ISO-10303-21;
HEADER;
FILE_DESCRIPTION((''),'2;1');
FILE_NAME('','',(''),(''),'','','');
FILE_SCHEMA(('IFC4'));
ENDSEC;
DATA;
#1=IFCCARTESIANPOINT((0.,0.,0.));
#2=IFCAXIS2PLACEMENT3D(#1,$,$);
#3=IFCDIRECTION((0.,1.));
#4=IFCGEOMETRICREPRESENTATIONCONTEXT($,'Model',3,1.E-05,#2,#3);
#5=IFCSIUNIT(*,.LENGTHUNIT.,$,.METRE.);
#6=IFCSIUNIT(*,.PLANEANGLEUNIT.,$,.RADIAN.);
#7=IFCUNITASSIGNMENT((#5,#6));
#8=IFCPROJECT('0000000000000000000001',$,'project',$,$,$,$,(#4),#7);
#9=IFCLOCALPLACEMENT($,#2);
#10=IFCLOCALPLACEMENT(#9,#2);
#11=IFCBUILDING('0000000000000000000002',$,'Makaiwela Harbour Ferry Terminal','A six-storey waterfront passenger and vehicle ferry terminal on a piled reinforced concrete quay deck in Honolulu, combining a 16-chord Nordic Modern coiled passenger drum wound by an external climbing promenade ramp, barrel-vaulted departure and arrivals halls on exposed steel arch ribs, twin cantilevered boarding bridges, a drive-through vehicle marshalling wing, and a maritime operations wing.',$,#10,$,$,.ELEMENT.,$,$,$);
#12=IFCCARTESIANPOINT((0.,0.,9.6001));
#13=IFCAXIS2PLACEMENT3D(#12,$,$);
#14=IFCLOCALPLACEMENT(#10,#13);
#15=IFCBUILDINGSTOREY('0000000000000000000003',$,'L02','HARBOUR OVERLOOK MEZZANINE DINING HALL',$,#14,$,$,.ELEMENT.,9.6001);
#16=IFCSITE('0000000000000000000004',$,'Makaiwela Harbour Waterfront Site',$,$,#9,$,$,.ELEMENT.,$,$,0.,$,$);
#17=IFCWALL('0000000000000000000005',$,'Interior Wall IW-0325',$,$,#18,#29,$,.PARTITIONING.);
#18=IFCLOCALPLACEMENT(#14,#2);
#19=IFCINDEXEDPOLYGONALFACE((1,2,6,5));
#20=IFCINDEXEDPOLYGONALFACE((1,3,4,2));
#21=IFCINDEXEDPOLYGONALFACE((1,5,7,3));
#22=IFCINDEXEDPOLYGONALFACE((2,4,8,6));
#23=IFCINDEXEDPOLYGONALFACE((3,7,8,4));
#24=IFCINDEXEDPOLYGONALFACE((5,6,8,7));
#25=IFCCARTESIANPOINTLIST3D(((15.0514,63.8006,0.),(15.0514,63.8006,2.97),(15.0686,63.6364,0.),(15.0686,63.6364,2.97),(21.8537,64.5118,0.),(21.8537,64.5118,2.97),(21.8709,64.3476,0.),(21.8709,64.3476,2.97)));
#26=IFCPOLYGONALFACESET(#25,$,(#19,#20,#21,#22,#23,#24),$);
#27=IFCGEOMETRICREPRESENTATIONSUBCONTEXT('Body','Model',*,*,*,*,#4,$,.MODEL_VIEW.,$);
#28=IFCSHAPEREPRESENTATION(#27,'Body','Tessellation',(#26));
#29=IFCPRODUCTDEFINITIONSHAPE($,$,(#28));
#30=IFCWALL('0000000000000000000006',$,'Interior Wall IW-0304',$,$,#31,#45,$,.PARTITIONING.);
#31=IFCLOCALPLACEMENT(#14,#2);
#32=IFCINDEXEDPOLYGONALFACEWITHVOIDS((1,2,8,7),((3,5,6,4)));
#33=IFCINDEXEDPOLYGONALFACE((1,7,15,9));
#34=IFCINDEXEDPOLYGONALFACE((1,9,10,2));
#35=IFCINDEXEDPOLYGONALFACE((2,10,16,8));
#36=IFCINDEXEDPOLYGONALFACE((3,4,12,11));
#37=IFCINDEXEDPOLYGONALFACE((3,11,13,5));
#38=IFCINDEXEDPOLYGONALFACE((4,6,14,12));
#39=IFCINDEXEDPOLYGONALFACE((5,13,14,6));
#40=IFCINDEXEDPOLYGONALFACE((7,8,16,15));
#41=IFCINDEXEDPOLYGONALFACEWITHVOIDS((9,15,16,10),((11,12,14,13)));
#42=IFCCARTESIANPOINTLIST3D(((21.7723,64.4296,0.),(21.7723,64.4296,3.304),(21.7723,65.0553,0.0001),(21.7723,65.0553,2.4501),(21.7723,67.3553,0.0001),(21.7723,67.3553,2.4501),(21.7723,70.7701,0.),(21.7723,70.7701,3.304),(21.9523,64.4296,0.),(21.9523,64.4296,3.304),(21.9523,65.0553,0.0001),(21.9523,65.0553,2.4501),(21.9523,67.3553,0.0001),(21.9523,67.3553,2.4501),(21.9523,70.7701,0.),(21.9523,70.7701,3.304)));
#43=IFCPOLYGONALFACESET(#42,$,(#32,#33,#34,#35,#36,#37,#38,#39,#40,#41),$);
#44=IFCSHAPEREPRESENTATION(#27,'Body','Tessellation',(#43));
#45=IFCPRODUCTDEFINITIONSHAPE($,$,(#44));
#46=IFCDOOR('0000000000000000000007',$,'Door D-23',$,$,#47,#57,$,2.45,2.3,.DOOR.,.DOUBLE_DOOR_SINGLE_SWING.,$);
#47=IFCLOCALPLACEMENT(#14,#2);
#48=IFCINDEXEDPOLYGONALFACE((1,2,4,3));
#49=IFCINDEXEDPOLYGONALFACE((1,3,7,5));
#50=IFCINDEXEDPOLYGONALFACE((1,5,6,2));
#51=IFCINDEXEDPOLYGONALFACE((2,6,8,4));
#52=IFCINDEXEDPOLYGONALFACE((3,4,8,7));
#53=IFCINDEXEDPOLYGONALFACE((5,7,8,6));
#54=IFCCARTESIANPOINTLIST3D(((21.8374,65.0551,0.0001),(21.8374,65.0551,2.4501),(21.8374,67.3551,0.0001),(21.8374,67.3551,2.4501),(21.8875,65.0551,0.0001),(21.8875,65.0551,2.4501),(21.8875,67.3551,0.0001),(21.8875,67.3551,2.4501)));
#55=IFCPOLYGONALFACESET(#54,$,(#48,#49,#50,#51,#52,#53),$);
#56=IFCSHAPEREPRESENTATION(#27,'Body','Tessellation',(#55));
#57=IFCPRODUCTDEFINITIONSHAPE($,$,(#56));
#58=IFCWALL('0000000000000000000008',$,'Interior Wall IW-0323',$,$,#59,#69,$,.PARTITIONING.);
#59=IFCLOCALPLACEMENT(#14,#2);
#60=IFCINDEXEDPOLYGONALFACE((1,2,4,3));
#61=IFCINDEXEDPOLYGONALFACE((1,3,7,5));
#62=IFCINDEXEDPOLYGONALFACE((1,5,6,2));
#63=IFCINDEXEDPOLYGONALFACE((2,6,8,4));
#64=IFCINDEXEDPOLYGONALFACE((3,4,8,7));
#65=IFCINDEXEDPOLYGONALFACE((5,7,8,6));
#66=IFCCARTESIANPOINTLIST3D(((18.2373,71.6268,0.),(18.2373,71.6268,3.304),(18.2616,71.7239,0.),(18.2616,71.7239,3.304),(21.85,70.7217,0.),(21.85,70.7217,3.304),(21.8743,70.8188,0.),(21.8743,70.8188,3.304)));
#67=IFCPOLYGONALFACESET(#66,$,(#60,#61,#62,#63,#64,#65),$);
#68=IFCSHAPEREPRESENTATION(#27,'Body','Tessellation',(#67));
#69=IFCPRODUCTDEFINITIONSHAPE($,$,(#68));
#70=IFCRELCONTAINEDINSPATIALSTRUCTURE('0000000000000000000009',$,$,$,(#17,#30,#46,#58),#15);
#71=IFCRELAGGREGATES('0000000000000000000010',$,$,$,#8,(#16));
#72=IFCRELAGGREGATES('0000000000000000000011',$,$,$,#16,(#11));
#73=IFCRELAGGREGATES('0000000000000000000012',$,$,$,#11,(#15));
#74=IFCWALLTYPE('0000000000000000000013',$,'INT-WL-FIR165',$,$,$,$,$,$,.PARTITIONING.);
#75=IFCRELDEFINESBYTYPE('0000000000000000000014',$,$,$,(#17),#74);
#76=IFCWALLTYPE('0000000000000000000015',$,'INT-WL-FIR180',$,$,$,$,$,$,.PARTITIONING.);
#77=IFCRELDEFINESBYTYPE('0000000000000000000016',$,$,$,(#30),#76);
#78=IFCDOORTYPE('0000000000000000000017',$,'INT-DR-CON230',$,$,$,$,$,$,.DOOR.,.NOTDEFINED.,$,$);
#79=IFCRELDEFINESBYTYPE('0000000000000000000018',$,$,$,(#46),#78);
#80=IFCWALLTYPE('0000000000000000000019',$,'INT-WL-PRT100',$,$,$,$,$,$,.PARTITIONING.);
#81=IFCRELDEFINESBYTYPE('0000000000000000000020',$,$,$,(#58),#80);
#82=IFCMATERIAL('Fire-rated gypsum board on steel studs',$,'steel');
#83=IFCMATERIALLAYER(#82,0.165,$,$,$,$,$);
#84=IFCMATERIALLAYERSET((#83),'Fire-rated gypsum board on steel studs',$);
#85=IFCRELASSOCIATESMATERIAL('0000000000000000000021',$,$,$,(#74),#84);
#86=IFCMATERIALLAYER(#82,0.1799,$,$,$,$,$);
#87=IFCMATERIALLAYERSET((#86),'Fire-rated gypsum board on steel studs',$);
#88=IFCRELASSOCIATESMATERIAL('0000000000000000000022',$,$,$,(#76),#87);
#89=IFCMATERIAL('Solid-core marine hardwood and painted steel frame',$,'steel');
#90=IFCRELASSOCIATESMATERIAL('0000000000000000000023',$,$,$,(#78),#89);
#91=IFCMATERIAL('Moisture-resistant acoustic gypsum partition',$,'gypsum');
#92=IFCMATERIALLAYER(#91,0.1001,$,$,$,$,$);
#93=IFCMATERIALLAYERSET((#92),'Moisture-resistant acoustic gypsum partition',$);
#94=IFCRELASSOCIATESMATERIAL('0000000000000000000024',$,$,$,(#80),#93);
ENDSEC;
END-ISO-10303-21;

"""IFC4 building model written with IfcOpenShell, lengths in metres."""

from ifc_helpers import new_model, si_unit, direction, frame, frame_2d, origin, place, context, subcontext, project, spatial, rectangle, extrude, material, layer, layer_set, type_object, element, fill, save


model = new_model("IFC4")

# Units and contexts
model_context = context("Model", 3, precision=1e-05, world=origin(), true_north=direction((0.0, 1.0)))
body_context = subcontext(model_context, "Body", "Model", "MODEL_VIEW")
ifc_project = project(units=[si_unit("LENGTHUNIT", "METRE"), si_unit("PLANEANGLEUNIT", "RADIAN")], contexts=[model_context])

# Site, building, storey
site_placement = place(None, origin())
site = spatial("IfcSite", under=ifc_project, at=site_placement, Name="Makaiwela Harbour Waterfront Site", CompositionType="ELEMENT", RefElevation=0.0)
building_placement = place(site_placement, origin())
building = spatial("IfcBuilding", under=site, at=building_placement, Name="Makaiwela Harbour Ferry Terminal", Description="A six-storey waterfront passenger and vehicle ferry terminal on a piled reinforced concrete quay deck in Honolulu, combining a 16-chord Nordic Modern coiled passenger drum wound by an external climbing promenade ramp, barrel-vaulted departure and arrivals halls on exposed steel arch ribs, twin cantilevered boarding bridges, a drive-through vehicle marshalling wing, and a maritime operations wing.", CompositionType="ELEMENT")
storey_placement = place(building_placement, frame((0.0, 0.0, 9.6001)))
storey = spatial("IfcBuildingStorey", under=building, at=storey_placement, Name="L02", Description="HARBOUR OVERLOOK MEZZANINE DINING HALL", CompositionType="ELEMENT", Elevation=9.6001)

# Wall
ifc_material_1 = material(Name="Fire-rated gypsum board on steel studs", Category="steel")
ifc_layer_1 = layer(ifc_material_1, 0.165)
ifc_layer_set_1 = layer_set([ifc_layer_1], Name="Fire-rated gypsum board on steel studs")
wall_type_1 = type_object("IfcWallType", Name="INT-WL-FIR165", PredefinedType="PARTITIONING", material=ifc_layer_set_1)
wall_1_placement = place(storey_placement, frame((21.8623, 64.4297, 0.0), z_axis=(0.0, 0.0, 1.0), x_axis=(-0.994579, -0.103984, 0.0)))
element("IfcWall", 1, at=wall_1_placement, inside=storey, type_object=wall_type_1, Name="Interior Wall IW-0325", PredefinedType="PARTITIONING", context=body_context, shape_type="SweptSolid", body=[
    extrude(rectangle(XDim=6.8394, YDim=0.165, at=frame_2d((3.4197, 0.0))), origin(), (0.0, 0.0, 1.0), 2.97),
])

# Wall, opening, door
ifc_layer_2 = layer(ifc_material_1, 0.1799)
ifc_layer_set_2 = layer_set([ifc_layer_2], Name="Fire-rated gypsum board on steel studs")
wall_type_2 = type_object("IfcWallType", Name="INT-WL-FIR180", PredefinedType="PARTITIONING", material=ifc_layer_set_2)
wall_2_placement = place(storey_placement, frame((21.8623, 70.7703, 0.0), z_axis=(0.0, 0.0, 1.0), x_axis=(0.0, -1.0, 0.0)))
wall_2 = element("IfcWall", 2, at=wall_2_placement, inside=storey, type_object=wall_type_2, Name="Interior Wall IW-0304", PredefinedType="PARTITIONING", context=body_context, shape_type="SweptSolid", body=[
    extrude(rectangle(XDim=6.3406, YDim=0.1799, at=frame_2d((3.1704, 0.0))), origin(), (0.0, 0.0, 1.0), 3.304),
])
opening_1_placement = place(wall_2_placement, frame((3.415, 0.0, 0.0)))
opening_1 = element("IfcOpeningElement", 3, at=opening_1_placement, cuts=wall_2, PredefinedType="OPENING", context=body_context, shape_type="SweptSolid", body=[
    extrude(rectangle(XDim=2.3, YDim=2.45, at=frame_2d((1.1499, 1.2251))), frame((0.0, 0.0999, 0.0), z_axis=(0.0, -1.0, 0.0), x_axis=(1.0, 0.0, 0.0)), (0.0, 0.0, 1.0), 0.2),
])
ifc_material_2 = material(Name="Solid-core marine hardwood and painted steel frame", Category="steel")
door_type_1 = type_object("IfcDoorType", Name="INT-DR-CON230", OperationType="NOTDEFINED", PredefinedType="DOOR", material=ifc_material_2)
door_1_placement = place(opening_1_placement, frame((2.3, 0.0, 0.0), z_axis=(0.0, 0.0, 1.0), x_axis=(-1.0, 0.0, 0.0)))
door_1 = element("IfcDoor", 4, at=door_1_placement, inside=storey, type_object=door_type_1, Name="Door D-23", OperationType="DOUBLE_DOOR_SINGLE_SWING", OverallHeight=2.45, OverallWidth=2.3, PredefinedType="DOOR", context=body_context, shape_type="SweptSolid", body=[
    extrude(rectangle(XDim=2.3, YDim=2.45, at=frame_2d((1.1499, 1.2251))), frame((0.0, 0.0249, 0.0), z_axis=(0.0, -1.0, 0.0), x_axis=(1.0, 0.0, 0.0)), (0.0, 0.0, 1.0), 0.05),
])
fill(opening_1, door_1)

# Wall
ifc_material_3 = material(Name="Moisture-resistant acoustic gypsum partition", Category="gypsum")
ifc_layer_3 = layer(ifc_material_3, 0.1001)
ifc_layer_set_3 = layer_set([ifc_layer_3], Name="Moisture-resistant acoustic gypsum partition")
wall_type_3 = type_object("IfcWallType", Name="INT-WL-PRT100", PredefinedType="PARTITIONING", material=ifc_layer_set_3)
wall_3_placement = place(storey_placement, frame((21.8623, 70.7703, 0.0), z_axis=(0.0, 0.0, 1.0), x_axis=(-0.970027, 0.242998, 0.0)))
element("IfcWall", 5, at=wall_3_placement, inside=storey, type_object=wall_type_3, Name="Interior Wall IW-0323", PredefinedType="PARTITIONING", context=body_context, shape_type="SweptSolid", body=[
    extrude(rectangle(XDim=3.7244, YDim=0.1001, at=frame_2d((1.8623, 0.0))), origin(), (0.0, 0.0, 1.0), 3.304),
])

save(model, "model.ifc")
